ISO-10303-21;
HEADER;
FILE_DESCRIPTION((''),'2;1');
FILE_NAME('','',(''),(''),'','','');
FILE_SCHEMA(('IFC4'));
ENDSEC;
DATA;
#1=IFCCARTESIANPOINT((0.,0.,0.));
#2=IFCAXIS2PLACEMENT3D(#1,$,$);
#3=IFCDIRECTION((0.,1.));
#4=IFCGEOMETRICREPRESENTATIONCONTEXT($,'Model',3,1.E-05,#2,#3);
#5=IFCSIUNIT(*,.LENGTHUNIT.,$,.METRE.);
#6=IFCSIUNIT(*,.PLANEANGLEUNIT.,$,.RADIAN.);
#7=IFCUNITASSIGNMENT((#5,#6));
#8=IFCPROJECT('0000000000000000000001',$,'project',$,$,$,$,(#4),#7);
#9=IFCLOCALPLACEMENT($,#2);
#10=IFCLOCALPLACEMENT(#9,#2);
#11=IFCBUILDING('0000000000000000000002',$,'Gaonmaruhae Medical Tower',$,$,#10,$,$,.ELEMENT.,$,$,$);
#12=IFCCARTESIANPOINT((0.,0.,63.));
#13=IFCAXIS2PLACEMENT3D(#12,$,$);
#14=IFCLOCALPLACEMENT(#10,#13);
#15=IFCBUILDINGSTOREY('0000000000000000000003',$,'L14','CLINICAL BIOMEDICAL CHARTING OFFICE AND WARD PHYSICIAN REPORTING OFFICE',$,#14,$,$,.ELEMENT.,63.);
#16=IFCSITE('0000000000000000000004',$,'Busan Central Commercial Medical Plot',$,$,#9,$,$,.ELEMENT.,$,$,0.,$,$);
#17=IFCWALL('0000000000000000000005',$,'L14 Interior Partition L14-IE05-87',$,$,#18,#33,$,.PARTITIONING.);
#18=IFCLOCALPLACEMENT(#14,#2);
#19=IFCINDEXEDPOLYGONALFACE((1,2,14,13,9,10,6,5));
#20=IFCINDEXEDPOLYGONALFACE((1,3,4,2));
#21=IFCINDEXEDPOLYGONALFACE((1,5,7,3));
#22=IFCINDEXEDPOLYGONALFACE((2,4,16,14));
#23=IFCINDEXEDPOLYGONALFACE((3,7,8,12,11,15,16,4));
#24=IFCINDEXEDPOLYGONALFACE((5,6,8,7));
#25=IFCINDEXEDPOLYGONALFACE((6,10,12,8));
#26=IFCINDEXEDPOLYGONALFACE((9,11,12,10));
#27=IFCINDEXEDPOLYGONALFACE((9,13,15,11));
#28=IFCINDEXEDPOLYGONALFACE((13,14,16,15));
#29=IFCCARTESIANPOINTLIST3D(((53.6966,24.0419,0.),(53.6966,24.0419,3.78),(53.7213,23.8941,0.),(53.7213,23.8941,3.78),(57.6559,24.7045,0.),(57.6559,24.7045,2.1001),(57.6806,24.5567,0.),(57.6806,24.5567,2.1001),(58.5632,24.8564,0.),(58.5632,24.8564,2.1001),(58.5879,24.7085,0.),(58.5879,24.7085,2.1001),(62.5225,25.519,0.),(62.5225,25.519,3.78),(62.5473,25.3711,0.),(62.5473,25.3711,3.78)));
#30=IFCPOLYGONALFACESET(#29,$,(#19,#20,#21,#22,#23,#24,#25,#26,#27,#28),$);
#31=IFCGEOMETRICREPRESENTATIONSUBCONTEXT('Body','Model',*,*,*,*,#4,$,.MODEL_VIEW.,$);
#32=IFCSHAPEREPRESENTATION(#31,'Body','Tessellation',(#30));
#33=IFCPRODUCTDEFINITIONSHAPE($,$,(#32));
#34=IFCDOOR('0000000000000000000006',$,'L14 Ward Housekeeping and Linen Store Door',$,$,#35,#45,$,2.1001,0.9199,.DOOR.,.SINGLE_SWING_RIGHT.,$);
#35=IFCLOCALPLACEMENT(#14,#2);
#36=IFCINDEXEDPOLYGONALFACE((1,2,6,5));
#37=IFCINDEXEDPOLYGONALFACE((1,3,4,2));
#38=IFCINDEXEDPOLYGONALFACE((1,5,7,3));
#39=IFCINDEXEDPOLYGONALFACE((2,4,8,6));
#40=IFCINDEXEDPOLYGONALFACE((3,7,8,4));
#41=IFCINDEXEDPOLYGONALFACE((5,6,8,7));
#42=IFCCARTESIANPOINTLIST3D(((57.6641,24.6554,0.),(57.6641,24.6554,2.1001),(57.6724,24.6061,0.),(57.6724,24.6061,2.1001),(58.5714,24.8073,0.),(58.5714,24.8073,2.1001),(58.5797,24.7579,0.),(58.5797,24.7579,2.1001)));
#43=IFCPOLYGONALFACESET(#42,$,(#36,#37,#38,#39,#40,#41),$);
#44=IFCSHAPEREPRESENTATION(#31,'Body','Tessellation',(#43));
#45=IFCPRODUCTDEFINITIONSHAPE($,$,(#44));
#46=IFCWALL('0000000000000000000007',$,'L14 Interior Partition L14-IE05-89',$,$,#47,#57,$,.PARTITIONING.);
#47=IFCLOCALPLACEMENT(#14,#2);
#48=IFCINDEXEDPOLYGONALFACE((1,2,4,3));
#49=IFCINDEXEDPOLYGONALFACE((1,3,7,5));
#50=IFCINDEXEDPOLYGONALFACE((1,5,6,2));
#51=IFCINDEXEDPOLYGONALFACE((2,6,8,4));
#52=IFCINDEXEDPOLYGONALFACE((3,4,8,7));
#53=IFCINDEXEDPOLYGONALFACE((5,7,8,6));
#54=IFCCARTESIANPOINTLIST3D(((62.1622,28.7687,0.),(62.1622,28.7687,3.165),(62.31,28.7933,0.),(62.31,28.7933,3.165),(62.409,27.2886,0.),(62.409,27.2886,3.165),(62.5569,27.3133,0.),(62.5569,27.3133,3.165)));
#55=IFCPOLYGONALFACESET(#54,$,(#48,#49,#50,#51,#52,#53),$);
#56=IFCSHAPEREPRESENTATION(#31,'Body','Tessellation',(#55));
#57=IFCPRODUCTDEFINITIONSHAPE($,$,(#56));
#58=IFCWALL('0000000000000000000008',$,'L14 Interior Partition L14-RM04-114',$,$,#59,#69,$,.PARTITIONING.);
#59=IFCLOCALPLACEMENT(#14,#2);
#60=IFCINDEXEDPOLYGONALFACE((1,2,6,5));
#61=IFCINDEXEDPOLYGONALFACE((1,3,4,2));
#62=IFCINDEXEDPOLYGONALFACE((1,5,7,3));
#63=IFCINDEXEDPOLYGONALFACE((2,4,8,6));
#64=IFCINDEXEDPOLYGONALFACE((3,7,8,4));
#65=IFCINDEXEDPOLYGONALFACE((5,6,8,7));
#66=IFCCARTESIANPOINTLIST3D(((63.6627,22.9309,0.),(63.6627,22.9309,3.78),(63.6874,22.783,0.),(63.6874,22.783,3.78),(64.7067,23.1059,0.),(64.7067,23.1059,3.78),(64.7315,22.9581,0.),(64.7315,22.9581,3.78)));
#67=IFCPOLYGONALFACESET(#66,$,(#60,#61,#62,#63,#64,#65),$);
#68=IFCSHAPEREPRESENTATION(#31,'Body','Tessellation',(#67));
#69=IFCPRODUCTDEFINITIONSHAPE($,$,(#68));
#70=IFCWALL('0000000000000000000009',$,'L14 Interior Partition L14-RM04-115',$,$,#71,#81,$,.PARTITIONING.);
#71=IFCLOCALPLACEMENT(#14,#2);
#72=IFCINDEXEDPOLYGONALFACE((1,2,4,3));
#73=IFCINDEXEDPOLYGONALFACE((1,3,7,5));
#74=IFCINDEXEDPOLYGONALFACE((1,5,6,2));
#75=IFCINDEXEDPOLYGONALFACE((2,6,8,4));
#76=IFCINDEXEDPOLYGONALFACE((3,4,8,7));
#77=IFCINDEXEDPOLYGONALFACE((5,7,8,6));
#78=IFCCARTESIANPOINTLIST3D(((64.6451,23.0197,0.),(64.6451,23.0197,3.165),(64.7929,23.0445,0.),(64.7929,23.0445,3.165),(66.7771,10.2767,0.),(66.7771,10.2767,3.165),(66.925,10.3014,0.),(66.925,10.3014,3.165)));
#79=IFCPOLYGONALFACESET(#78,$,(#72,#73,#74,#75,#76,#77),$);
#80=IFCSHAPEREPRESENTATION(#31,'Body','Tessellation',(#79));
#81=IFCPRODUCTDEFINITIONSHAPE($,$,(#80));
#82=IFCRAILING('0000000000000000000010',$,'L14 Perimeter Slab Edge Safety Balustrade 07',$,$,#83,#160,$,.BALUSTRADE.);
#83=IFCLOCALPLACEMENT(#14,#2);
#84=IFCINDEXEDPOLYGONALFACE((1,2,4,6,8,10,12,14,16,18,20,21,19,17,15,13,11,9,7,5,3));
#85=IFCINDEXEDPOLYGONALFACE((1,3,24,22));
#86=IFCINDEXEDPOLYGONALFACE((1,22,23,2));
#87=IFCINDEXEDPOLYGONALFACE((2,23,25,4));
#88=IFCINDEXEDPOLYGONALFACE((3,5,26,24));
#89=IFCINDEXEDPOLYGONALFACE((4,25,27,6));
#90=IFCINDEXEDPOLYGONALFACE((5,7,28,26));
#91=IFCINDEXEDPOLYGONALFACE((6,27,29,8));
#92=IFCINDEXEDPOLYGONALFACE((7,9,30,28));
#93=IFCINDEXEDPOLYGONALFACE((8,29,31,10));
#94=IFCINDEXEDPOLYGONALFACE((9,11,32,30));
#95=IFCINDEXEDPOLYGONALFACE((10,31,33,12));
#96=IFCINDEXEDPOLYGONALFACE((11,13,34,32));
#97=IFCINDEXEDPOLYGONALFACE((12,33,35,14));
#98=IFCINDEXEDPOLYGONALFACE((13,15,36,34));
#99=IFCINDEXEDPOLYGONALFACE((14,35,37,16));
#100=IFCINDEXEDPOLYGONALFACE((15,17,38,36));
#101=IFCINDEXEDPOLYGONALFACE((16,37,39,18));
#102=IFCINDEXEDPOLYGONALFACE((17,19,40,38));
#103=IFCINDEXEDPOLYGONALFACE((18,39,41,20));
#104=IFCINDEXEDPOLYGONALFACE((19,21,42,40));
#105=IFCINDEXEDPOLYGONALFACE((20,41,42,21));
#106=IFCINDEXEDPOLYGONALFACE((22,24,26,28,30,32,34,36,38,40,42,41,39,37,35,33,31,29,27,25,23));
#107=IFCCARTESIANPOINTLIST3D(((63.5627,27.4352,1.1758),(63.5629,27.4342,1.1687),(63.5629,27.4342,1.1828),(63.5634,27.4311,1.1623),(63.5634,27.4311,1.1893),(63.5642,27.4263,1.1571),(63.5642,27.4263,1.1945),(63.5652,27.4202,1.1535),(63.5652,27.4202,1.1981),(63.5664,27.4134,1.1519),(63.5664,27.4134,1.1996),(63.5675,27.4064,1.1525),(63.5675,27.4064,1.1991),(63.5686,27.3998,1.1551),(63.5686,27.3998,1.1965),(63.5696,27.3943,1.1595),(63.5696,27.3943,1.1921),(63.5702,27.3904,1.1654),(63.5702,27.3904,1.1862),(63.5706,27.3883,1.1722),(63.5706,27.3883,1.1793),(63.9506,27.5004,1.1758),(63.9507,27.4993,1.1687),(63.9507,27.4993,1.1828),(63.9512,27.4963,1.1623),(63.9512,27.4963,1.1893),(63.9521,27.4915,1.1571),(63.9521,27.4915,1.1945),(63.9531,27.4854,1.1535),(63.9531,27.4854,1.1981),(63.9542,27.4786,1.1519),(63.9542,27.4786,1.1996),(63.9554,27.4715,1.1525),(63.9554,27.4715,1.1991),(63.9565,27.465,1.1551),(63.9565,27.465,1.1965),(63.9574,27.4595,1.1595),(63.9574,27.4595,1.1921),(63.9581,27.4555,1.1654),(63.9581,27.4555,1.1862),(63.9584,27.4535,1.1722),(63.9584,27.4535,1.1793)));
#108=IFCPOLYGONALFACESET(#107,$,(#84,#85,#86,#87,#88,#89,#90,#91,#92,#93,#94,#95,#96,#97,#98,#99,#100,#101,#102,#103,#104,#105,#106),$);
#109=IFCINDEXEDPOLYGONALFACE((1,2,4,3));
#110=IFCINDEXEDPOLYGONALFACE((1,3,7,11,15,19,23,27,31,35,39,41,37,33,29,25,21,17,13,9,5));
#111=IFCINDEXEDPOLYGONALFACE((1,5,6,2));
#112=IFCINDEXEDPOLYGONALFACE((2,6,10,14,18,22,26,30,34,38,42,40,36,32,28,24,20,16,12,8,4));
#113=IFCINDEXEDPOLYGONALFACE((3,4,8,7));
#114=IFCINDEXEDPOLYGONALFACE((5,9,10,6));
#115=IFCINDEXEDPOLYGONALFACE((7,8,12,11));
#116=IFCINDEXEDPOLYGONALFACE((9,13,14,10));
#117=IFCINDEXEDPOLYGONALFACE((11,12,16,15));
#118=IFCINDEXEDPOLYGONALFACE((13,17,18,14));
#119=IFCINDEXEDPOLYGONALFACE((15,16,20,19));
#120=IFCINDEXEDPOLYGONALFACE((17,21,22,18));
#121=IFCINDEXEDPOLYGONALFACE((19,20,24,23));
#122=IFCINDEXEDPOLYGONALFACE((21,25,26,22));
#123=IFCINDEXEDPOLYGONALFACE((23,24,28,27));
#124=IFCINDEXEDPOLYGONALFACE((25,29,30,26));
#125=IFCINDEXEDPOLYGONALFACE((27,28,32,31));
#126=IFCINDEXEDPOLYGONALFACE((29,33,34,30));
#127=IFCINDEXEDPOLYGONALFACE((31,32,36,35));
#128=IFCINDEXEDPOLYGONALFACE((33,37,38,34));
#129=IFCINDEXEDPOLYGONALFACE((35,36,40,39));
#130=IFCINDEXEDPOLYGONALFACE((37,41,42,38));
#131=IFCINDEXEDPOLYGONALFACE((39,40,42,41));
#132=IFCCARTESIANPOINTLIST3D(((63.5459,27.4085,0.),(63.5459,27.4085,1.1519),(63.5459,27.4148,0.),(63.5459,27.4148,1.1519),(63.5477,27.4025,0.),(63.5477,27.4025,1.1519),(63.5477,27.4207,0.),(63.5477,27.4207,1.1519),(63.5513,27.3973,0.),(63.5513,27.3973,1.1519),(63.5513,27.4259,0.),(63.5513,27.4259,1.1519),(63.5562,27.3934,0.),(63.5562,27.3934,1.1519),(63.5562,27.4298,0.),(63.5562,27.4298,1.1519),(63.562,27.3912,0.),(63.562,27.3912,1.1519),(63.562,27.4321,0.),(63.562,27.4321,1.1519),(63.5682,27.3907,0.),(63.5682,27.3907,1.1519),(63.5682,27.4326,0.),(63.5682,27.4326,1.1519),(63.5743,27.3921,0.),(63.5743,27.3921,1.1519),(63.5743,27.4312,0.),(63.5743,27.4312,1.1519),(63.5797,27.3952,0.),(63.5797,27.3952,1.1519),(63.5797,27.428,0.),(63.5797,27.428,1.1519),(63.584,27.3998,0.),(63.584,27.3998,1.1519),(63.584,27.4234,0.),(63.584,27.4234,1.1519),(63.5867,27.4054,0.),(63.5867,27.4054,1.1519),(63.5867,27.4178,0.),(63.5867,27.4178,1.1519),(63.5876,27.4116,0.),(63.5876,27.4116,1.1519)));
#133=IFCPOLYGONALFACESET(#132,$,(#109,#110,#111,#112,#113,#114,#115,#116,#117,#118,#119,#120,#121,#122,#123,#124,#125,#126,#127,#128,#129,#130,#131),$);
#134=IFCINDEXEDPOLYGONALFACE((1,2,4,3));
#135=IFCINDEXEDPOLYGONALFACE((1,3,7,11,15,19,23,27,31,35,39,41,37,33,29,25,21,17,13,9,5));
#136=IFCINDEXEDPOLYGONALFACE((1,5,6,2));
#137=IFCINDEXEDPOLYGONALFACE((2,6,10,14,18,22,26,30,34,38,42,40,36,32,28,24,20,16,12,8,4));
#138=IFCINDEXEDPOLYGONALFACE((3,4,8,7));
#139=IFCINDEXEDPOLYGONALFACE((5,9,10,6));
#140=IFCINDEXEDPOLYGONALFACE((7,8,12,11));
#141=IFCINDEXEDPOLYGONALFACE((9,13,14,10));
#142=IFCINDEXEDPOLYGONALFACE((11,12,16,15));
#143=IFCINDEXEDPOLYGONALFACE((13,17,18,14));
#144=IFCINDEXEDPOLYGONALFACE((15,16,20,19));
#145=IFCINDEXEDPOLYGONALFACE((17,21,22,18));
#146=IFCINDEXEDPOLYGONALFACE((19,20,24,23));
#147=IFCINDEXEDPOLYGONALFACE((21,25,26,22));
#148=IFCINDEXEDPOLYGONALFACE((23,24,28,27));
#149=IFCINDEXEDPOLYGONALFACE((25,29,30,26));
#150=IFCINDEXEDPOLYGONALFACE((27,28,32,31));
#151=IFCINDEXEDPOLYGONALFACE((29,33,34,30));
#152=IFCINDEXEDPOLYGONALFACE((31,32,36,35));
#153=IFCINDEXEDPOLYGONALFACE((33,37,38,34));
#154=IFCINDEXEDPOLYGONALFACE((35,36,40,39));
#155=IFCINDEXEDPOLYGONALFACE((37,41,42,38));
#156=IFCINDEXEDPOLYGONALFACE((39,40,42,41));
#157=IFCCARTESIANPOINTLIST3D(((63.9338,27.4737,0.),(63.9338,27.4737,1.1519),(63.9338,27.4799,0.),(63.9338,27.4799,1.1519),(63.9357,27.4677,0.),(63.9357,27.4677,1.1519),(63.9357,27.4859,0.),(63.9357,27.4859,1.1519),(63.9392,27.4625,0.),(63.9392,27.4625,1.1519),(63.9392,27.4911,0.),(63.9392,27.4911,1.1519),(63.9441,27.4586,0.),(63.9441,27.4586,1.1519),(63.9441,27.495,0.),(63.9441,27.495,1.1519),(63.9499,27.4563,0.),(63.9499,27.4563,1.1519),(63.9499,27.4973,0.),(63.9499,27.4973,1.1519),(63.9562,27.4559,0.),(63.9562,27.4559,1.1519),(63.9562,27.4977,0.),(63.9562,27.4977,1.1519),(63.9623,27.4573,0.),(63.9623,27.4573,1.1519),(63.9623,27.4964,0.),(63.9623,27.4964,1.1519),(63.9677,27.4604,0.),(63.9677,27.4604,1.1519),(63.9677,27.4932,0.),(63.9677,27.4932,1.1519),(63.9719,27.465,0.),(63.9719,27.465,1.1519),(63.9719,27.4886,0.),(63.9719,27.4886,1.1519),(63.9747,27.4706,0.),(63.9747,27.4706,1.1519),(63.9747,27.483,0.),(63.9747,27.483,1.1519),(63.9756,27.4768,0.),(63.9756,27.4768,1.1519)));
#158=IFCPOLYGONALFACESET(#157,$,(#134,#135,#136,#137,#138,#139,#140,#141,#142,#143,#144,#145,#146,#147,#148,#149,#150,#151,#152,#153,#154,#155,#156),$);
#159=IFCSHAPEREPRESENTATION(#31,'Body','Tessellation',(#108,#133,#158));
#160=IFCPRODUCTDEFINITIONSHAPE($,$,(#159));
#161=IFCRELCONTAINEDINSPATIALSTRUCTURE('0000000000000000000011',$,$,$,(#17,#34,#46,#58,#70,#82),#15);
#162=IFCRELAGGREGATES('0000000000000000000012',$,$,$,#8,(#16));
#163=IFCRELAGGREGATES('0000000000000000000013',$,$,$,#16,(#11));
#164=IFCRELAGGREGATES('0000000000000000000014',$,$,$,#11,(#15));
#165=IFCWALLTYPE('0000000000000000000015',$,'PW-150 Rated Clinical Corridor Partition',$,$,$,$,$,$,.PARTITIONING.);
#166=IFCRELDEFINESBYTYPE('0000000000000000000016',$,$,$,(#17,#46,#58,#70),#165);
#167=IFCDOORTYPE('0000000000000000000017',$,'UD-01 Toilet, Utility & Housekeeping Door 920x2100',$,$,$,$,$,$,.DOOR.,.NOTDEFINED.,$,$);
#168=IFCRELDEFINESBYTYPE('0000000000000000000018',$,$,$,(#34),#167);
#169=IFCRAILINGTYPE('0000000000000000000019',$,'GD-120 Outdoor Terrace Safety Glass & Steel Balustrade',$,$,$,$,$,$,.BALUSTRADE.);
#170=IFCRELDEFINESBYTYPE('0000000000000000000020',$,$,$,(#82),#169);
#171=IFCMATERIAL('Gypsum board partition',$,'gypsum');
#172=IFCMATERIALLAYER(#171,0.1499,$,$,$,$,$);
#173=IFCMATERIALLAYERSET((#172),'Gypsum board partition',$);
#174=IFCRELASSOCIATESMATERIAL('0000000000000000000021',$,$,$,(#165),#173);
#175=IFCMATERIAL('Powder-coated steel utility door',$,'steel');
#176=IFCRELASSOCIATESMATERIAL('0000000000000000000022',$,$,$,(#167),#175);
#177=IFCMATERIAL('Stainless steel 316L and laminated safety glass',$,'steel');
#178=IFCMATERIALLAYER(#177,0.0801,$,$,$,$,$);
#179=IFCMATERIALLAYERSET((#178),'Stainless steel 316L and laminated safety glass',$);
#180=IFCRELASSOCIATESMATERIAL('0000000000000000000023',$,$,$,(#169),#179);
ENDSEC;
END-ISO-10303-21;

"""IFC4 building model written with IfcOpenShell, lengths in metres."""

from ifc_helpers import new_model, si_unit, direction, frame, frame_2d, origin, origin_2d, place, context, subcontext, project, spatial, rectangle, circle, extrude, material, layer, layer_set, type_object, element, fill, save


model = new_model("IFC4")

# Units and contexts
model_context = context("Model", 3, precision=1e-05, world=origin(), true_north=direction((0.0, 1.0)))
body_context = subcontext(model_context, "Body", "Model", "MODEL_VIEW")
ifc_project = project(units=[si_unit("LENGTHUNIT", "METRE"), si_unit("PLANEANGLEUNIT", "RADIAN")], contexts=[model_context])

# Site, building, storey
site_placement = place(None, origin())
site = spatial("IfcSite", under=ifc_project, at=site_placement, Name="Busan Central Commercial Medical Plot", CompositionType="ELEMENT", RefElevation=0.0)
building_placement = place(site_placement, origin())
building = spatial("IfcBuilding", under=site, at=building_placement, Name="Gaonmaruhae Medical Tower", CompositionType="ELEMENT")
storey_placement = place(building_placement, frame((0.0, 0.0, 63.0)))
storey = spatial("IfcBuildingStorey", under=building, at=storey_placement, Name="L14", Description="CLINICAL BIOMEDICAL CHARTING OFFICE AND WARD PHYSICIAN REPORTING OFFICE", CompositionType="ELEMENT", Elevation=63.0)

# Shared definitions
ifc_material_1 = material(Name="Gypsum board partition", Category="gypsum")
ifc_layer_1 = layer(ifc_material_1, 0.1499)
ifc_layer_set_1 = layer_set([ifc_layer_1], Name="Gypsum board partition")
wall_type_1 = type_object("IfcWallType", Name="PW-150 Rated Clinical Corridor Partition", PredefinedType="PARTITIONING", material=ifc_layer_set_1)

# Wall, opening, door
wall_1_placement = place(storey_placement, frame((62.5349, 25.4451, 0.0), z_axis=(0.0, 0.0, 1.0), x_axis=(-0.986284, -0.165058, 0.0)))
wall_1 = element("IfcWall", 1, at=wall_1_placement, inside=storey, type_object=wall_type_1, Name="L14 Interior Partition L14-IE05-87", PredefinedType="PARTITIONING", context=body_context, shape_type="SweptSolid", body=[
    extrude(rectangle(XDim=8.9487, YDim=0.1499, at=frame_2d((4.4744, 0.0))), origin(), (0.0, 0.0, 1.0), 3.78),
])
opening_1_placement = place(wall_1_placement, frame((4.0144, 0.0, 0.0)))
opening_1 = element("IfcOpeningElement", 2, at=opening_1_placement, cuts=wall_1, PredefinedType="OPENING", context=body_context, shape_type="SweptSolid", body=[
    extrude(rectangle(XDim=0.9199, YDim=2.1001, at=frame_2d((0.46, 1.05))), frame((0.0, 0.085, 0.0), z_axis=(0.0, -1.0, 0.0), x_axis=(1.0, 0.0, 0.0)), (0.0, 0.0, 1.0), 0.1699),
])
ifc_material_2 = material(Name="Powder-coated steel utility door", Category="steel")
door_type_1 = type_object("IfcDoorType", Name="UD-01 Toilet, Utility & Housekeeping Door 920x2100", OperationType="NOTDEFINED", PredefinedType="DOOR", material=ifc_material_2)
door_1_placement = place(opening_1_placement, origin())
door_1 = element("IfcDoor", 3, at=door_1_placement, inside=storey, type_object=door_type_1, Name="L14 Ward Housekeeping and Linen Store Door", OperationType="SINGLE_SWING_RIGHT", OverallHeight=2.1001, OverallWidth=0.9199, PredefinedType="DOOR", context=body_context, shape_type="SweptSolid", body=[
    extrude(rectangle(XDim=0.9199, YDim=2.1001, at=frame_2d((0.46, 1.05))), frame((0.0, 0.0249, 0.0), z_axis=(0.0, -1.0, 0.0), x_axis=(1.0, 0.0, 0.0)), (0.0, 0.0, 1.0), 0.05),
])
fill(opening_1, door_1)

# Wall
wall_2_placement = place(storey_placement, frame((62.2361, 28.781, 0.0), z_axis=(0.0, 0.0, 1.0), x_axis=(0.164505, -0.986376, 0.0)))
element("IfcWall", 4, at=wall_2_placement, inside=storey, type_object=wall_type_1, Name="L14 Interior Partition L14-IE05-89", PredefinedType="PARTITIONING", context=body_context, shape_type="SweptSolid", body=[
    extrude(rectangle(XDim=1.5005, YDim=0.1499, at=frame_2d((0.7502, 0.0))), origin(), (0.0, 0.0, 1.0), 3.165),
])

# Walls
wall_3_placement = place(storey_placement, frame((63.675, 22.8569, 0.0), z_axis=(0.0, 0.0, 1.0), x_axis=(0.986231, 0.165371, 0.0)))
element("IfcWall", 5, at=wall_3_placement, inside=storey, type_object=wall_type_1, Name="L14 Interior Partition L14-RM04-114", PredefinedType="PARTITIONING", context=body_context, shape_type="SweptSolid", body=[
    extrude(rectangle(XDim=1.0586, YDim=0.1499, at=frame_2d((0.5293, 0.0))), origin(), (0.0, 0.0, 1.0), 3.78),
])
wall_4_placement = place(storey_placement, frame((64.719, 23.032, 0.0), z_axis=(0.0, 0.0, 1.0), x_axis=(0.165021, -0.98629, 0.0)))
element("IfcWall", 6, at=wall_4_placement, inside=storey, type_object=wall_type_1, Name="L14 Interior Partition L14-RM04-115", PredefinedType="PARTITIONING", context=body_context, shape_type="SweptSolid", body=[
    extrude(rectangle(XDim=12.9202, YDim=0.1499, at=frame_2d((6.46, 0.0))), origin(), (0.0, 0.0, 1.0), 3.165),
])

# Railing
ifc_material_3 = material(Name="Stainless steel 316L and laminated safety glass", Category="steel")
ifc_layer_2 = layer(ifc_material_3, 0.0801)
ifc_layer_set_2 = layer_set([ifc_layer_2], Name="Stainless steel 316L and laminated safety glass")
railing_type = type_object("IfcRailingType", Name="GD-120 Outdoor Terrace Safety Glass & Steel Balustrade", PredefinedType="BALUSTRADE", material=ifc_layer_set_2)
railing_1_placement = place(storey_placement, frame((63.5667, 27.4116, 0.0)))
element("IfcRailing", 7, at=railing_1_placement, inside=storey, type_object=railing_type, Name="L14 Perimeter Slab Edge Safety Balustrade 07", PredefinedType="BALUSTRADE", context=body_context, shape_type="SweptSolid", body=[
    extrude(circle(Radius=0.0239, at=origin_2d()), frame((0.0, 0.0, 1.1758), z_axis=(0.986175, 0.165707, 0.0), x_axis=(-0.165707, 0.986175, 0.0)), (0.0, 0.0, 1.0), 0.3933),
    extrude(circle(Radius=0.021, at=origin_2d()), origin(), (0.0, 0.0, 1.0), 1.1519),
    extrude(circle(Radius=0.021, at=origin_2d()), frame((0.3879, 0.0652, 0.0)), (0.0, 0.0, 1.0), 1.1519),
])

save(model, "model.ifc")
